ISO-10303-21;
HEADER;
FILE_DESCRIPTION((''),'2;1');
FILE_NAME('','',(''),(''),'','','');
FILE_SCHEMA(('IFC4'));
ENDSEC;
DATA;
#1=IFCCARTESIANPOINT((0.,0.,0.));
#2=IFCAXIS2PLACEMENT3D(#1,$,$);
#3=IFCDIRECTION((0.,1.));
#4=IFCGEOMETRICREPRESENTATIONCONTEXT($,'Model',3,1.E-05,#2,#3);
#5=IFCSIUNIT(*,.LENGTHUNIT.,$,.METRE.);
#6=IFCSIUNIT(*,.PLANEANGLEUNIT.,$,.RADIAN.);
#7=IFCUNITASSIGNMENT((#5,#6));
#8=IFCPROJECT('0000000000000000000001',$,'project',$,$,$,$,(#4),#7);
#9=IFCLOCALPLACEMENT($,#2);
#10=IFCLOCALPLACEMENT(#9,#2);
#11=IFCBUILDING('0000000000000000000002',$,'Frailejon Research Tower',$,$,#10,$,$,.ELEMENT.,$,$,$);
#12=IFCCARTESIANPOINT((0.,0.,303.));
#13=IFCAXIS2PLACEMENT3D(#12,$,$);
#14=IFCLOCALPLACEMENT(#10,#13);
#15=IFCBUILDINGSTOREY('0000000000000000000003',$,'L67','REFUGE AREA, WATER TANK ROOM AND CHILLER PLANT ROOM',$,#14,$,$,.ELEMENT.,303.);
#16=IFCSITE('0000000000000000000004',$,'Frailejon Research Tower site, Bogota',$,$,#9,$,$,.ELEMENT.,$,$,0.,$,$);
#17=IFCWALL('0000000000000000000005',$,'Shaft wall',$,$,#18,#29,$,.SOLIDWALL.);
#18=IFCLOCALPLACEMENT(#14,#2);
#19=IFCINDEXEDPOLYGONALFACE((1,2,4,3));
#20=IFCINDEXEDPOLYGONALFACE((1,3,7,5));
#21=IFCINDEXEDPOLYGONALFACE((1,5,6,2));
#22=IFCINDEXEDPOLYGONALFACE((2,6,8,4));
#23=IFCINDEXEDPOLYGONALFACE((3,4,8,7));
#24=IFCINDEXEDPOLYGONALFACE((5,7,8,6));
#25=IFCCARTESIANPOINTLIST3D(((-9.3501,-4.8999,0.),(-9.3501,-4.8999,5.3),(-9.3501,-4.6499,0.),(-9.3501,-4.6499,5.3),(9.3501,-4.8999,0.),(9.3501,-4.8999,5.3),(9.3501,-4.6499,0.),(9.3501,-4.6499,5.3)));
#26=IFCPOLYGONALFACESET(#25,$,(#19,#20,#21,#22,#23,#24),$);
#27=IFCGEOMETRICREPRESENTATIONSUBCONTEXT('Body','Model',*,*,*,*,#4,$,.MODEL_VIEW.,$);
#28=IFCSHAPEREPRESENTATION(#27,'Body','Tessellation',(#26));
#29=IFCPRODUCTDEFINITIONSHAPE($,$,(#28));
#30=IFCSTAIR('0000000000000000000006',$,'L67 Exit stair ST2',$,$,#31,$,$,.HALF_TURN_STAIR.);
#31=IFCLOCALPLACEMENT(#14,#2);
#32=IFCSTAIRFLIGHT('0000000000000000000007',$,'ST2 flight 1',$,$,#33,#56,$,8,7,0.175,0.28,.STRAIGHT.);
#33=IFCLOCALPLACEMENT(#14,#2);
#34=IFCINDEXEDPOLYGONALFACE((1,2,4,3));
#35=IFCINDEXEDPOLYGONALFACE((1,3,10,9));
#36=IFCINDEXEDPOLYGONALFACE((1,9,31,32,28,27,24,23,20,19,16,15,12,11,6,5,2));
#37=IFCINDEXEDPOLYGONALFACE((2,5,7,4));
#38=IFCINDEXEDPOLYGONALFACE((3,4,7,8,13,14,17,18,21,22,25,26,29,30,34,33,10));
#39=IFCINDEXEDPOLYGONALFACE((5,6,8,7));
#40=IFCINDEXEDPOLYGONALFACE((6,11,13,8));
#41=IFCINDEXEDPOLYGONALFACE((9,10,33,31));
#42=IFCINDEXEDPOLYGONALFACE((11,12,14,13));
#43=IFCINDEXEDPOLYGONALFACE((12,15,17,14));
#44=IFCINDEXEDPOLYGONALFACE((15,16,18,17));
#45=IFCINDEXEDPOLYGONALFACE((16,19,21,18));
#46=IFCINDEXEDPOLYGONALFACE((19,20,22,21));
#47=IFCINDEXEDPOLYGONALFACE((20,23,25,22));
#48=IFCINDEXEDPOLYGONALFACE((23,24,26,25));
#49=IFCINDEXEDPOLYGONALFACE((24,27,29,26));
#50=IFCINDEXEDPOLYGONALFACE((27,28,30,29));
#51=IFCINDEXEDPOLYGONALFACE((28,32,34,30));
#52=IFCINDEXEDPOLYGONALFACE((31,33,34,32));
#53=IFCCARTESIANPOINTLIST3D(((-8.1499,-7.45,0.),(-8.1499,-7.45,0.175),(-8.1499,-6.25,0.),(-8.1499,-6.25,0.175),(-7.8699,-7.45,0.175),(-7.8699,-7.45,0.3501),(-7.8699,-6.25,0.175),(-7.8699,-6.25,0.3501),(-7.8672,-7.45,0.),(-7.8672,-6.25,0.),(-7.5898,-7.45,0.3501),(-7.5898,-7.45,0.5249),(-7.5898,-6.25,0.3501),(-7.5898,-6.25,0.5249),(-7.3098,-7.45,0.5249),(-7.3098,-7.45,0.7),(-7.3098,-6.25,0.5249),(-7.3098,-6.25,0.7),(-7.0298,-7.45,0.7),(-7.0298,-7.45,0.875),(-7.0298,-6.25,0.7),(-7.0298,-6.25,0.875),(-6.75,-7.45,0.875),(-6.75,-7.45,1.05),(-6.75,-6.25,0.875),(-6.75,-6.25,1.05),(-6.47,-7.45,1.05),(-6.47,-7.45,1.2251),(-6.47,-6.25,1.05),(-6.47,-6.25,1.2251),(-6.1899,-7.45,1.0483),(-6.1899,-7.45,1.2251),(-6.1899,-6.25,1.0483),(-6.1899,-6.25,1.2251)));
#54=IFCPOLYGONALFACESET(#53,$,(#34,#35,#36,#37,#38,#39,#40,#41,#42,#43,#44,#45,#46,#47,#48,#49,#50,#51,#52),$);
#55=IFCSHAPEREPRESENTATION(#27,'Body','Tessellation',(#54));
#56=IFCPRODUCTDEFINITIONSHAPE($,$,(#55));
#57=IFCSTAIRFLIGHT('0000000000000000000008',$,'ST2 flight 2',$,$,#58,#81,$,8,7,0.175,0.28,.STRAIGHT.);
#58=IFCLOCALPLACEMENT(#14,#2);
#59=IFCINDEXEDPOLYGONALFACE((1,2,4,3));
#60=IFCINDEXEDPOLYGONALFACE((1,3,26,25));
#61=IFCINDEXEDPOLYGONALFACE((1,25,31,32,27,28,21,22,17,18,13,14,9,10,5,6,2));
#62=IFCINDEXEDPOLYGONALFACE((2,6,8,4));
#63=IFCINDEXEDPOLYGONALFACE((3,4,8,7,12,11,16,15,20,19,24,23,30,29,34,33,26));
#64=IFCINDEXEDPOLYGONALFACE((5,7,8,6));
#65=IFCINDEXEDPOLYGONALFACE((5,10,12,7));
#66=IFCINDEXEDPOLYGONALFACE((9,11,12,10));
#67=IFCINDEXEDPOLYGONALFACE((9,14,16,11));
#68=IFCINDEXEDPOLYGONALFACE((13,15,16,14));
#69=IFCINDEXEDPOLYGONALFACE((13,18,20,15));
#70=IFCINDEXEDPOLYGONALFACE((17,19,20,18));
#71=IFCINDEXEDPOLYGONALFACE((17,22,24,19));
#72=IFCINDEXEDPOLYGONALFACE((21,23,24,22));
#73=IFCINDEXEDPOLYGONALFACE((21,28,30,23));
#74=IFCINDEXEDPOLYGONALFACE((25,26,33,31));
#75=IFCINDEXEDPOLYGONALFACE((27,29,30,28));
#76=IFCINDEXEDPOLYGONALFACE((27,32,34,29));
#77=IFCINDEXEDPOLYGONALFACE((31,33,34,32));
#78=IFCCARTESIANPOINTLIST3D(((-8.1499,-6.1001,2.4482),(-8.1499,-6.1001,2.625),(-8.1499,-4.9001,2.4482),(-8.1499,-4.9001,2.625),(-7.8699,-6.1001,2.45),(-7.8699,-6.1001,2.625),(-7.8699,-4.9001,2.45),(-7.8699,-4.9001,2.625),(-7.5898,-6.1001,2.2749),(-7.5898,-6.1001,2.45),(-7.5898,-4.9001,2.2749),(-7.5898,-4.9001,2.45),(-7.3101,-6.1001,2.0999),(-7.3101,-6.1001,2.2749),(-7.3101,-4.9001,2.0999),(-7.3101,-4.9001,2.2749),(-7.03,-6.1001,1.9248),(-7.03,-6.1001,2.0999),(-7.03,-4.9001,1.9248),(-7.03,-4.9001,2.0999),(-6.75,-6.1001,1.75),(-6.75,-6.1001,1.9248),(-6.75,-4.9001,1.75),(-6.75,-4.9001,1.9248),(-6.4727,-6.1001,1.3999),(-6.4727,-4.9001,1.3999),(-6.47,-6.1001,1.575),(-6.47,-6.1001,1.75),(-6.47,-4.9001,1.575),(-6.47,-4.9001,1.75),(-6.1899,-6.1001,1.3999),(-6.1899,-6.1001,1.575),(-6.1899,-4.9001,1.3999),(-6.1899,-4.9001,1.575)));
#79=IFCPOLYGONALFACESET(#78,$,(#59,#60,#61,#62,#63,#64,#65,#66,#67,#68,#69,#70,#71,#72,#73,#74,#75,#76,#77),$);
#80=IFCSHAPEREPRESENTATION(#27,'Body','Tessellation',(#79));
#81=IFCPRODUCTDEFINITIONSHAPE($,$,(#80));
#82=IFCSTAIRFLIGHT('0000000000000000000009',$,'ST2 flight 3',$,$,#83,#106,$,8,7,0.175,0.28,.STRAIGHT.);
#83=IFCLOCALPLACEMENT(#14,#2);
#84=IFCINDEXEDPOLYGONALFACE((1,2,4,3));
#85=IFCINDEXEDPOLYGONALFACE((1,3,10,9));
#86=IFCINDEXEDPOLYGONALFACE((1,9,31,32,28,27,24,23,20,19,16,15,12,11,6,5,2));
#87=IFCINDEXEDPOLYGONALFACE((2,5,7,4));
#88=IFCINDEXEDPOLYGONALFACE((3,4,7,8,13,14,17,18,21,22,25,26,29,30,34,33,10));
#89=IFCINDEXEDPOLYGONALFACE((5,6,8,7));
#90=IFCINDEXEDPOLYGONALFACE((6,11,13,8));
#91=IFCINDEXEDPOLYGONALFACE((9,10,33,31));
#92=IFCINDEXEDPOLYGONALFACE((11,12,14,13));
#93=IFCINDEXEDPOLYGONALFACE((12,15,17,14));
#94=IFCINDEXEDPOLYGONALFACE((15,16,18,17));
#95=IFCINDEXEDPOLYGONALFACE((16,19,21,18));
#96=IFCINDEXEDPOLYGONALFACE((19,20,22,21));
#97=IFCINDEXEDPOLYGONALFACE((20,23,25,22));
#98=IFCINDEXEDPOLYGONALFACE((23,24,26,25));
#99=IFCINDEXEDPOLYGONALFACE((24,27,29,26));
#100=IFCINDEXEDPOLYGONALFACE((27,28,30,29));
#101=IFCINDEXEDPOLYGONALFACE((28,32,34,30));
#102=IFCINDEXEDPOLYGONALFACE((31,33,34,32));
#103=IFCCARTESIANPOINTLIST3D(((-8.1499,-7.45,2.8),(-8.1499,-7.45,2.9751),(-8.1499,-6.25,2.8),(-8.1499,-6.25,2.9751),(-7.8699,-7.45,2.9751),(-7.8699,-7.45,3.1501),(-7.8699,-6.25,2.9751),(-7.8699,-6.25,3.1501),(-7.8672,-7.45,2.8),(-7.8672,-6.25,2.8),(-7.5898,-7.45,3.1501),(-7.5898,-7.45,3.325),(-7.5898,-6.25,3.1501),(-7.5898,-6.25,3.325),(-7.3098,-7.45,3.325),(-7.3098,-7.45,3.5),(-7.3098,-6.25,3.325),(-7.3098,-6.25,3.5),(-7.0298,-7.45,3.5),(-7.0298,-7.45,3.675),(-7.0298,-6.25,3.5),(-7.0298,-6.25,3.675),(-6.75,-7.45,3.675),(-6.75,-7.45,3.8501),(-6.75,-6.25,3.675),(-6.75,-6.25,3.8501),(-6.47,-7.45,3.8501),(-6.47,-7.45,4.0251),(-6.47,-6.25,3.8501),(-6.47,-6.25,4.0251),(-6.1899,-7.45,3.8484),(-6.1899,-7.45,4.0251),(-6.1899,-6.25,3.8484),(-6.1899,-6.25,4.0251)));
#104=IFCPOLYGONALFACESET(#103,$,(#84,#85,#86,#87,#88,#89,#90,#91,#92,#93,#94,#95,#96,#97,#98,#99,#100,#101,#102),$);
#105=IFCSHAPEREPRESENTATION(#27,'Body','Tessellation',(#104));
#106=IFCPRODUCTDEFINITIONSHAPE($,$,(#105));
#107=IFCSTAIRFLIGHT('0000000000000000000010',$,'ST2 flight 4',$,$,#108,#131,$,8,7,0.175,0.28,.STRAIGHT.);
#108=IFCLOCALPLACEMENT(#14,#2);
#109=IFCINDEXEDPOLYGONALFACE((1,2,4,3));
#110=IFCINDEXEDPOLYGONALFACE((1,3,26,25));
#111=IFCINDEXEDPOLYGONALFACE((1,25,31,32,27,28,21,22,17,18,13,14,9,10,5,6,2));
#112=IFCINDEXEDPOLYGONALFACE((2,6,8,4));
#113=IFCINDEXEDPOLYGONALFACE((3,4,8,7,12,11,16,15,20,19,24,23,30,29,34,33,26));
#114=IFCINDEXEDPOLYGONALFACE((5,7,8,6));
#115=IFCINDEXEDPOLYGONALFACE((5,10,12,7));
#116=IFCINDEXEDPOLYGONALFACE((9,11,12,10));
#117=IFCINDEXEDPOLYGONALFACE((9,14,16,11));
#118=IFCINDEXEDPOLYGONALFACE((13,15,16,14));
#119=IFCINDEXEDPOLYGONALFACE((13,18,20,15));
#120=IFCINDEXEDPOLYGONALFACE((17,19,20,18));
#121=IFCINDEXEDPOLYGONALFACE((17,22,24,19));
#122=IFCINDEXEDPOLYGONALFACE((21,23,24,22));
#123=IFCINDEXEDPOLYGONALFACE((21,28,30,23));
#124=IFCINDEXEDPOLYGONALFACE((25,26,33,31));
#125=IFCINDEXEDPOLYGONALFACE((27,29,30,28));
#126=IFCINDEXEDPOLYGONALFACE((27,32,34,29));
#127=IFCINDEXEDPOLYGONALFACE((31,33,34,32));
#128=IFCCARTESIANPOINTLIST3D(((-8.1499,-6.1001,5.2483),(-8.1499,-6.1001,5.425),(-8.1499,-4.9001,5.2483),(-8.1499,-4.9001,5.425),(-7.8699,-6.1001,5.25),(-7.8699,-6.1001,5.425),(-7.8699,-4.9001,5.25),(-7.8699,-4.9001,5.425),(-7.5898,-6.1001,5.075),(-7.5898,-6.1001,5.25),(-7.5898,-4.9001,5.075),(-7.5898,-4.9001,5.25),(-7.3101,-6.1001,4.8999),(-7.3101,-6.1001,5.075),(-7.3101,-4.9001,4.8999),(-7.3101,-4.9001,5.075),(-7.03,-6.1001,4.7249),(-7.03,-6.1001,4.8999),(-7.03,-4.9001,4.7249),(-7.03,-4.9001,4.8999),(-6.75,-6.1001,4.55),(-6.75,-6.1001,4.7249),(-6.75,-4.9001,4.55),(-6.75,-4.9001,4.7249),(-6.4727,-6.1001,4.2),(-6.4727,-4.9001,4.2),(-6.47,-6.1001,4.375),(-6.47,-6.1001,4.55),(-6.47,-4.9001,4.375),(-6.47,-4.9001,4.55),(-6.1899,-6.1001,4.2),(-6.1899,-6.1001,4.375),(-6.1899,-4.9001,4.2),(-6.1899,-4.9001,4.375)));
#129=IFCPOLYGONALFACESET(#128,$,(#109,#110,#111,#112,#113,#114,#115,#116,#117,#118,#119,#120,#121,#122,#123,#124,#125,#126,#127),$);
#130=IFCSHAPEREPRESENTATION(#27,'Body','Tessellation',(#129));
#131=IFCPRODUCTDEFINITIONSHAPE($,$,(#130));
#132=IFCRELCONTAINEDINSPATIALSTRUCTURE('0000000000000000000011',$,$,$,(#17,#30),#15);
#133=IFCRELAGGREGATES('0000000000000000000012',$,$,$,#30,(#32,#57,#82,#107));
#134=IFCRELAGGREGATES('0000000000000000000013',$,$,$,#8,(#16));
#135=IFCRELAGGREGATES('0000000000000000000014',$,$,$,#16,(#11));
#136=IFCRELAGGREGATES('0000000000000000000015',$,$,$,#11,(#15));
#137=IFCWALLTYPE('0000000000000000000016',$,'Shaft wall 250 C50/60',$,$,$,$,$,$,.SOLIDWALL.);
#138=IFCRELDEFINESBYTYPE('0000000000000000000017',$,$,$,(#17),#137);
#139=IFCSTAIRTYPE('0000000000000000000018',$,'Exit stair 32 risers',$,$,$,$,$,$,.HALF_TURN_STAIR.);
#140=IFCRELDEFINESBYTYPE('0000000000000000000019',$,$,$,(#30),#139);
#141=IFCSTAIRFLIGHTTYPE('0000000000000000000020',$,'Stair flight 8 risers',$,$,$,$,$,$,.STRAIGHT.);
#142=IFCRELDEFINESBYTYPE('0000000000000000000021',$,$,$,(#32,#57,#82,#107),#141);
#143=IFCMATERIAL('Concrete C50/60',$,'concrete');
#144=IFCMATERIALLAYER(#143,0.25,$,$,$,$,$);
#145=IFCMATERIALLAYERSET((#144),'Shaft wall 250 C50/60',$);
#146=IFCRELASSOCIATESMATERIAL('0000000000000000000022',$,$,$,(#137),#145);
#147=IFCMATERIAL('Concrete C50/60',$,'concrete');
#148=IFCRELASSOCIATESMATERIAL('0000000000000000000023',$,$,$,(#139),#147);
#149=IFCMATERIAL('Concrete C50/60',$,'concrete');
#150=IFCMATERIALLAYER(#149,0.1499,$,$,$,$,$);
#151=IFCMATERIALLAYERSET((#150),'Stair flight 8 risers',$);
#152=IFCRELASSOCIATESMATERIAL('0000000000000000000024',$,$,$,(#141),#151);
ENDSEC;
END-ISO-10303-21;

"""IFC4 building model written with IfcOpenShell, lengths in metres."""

from ifc_helpers import new_model, si_unit, direction, frame, frame_2d, origin, place, context, subcontext, project, spatial, polyline, rectangle, outline, extrude, material, layer, layer_set, type_object, element, aggregate, save


model = new_model("IFC4")

# Units and contexts
model_context = context("Model", 3, precision=1e-05, world=origin(), true_north=direction((0.0, 1.0)))
body_context = subcontext(model_context, "Body", "Model", "MODEL_VIEW")
ifc_project = project(units=[si_unit("LENGTHUNIT", "METRE"), si_unit("PLANEANGLEUNIT", "RADIAN")], contexts=[model_context])

# Site, building, storey
site_placement = place(None, origin())
site = spatial("IfcSite", under=ifc_project, at=site_placement, Name="Frailejon Research Tower site, Bogota", CompositionType="ELEMENT", RefElevation=0.0)
building_placement = place(site_placement, origin())
building = spatial("IfcBuilding", under=site, at=building_placement, Name="Frailejon Research Tower", CompositionType="ELEMENT")
storey_placement = place(building_placement, frame((0.0, 0.0, 303.0)))
storey = spatial("IfcBuildingStorey", under=building, at=storey_placement, Name="L67", Description="REFUGE AREA, WATER TANK ROOM AND CHILLER PLANT ROOM", CompositionType="ELEMENT", Elevation=303.0)

# Shared definitions
ifc_material_1 = material(Name="Concrete C50/60", Category="concrete")
ifc_layer_1 = layer(ifc_material_1, 0.25)
ifc_layer_set_1 = layer_set([ifc_layer_1], Name="Shaft wall 250 C50/60")
wall_type_1 = type_object("IfcWallType", Name="Shaft wall 250 C50/60", PredefinedType="SOLIDWALL", material=ifc_layer_set_1)

# Wall
wall_1_placement = place(storey_placement, frame((-9.3501, -4.7749, 0.0), z_axis=(0.0, 0.0, 1.0), x_axis=(1.0, 0.0, 0.0)))
element("IfcWall", 1, at=wall_1_placement, inside=storey, type_object=wall_type_1, Name="Shaft wall", PredefinedType="SOLIDWALL", context=body_context, shape_type="SweptSolid", body=[
    extrude(rectangle(XDim=18.7002, YDim=0.25, at=frame_2d((9.3501, 0.0))), origin(), (0.0, 0.0, 1.0), 5.3),
])

# Stair, stair flights
ifc_material_2 = material(Name="Concrete C50/60", Category="concrete")
stair_type = type_object("IfcStairType", Name="Exit stair 32 risers", PredefinedType="HALF_TURN_STAIR", material=ifc_material_2)
stair_placement = place(storey_placement, origin())
stair = element("IfcStair", 2, at=stair_placement, inside=storey, type_object=stair_type, Name="L67 Exit stair ST2", PredefinedType="HALF_TURN_STAIR")
ifc_material_3 = material(Name="Concrete C50/60", Category="concrete")
ifc_layer_2 = layer(ifc_material_3, 0.1499)
ifc_layer_set_2 = layer_set([ifc_layer_2], Name="Stair flight 8 risers")
stair_flight_type = type_object("IfcStairFlightType", Name="Stair flight 8 risers", PredefinedType="STRAIGHT", material=ifc_layer_set_2)
stair_flight_1_placement = place(storey_placement, frame((-8.1499, -6.8501, 0.0), z_axis=(0.0, 0.0, 1.0), x_axis=(1.0, 0.0, 0.0)))
stair_flight_1 = element("IfcStairFlight", 3, at=stair_flight_1_placement, type_object=stair_flight_type, Name="ST2 flight 1", NumberOfRisers=8, NumberOfTreads=7, PredefinedType="STRAIGHT", RiserHeight=0.175, TreadLength=0.28, context=body_context, shape_type="SweptSolid", body=[
    extrude(outline(polyline([(0.0, 0.0), (0.0, 0.175), (0.28, 0.175), (0.28, 0.3501), (0.5601, 0.3501), (0.5601, 0.5249), (0.8401, 0.5249), (0.8401, 0.7), (1.1201, 0.7), (1.1201, 0.875), (1.3999, 0.875), (1.3999, 1.05), (1.6799, 1.05), (1.6799, 1.2251), (1.96, 1.2251), (1.96, 1.3999), (1.96, 1.0483), (0.2827, 0.0), (0.0, 0.0)])), frame((0.0, 0.6001, 0.0), z_axis=(0.0, -1.0, 0.0), x_axis=(1.0, 0.0, 0.0)), (0.0, 0.0, 1.0), 1.2),
])
stair_flight_2_placement = place(storey_placement, frame((-6.1899, -5.5, 1.3999), z_axis=(0.0, 0.0, 1.0), x_axis=(-1.0, 0.0, 0.0)))
stair_flight_2 = element("IfcStairFlight", 4, at=stair_flight_2_placement, type_object=stair_flight_type, Name="ST2 flight 2", NumberOfRisers=8, NumberOfTreads=7, PredefinedType="STRAIGHT", RiserHeight=0.175, TreadLength=0.28, context=body_context, shape_type="SweptSolid", body=[
    extrude(outline(polyline([(0.0, 0.0), (0.0, 0.175), (0.28, 0.175), (0.28, 0.3501), (0.5601, 0.3501), (0.5601, 0.5249), (0.8401, 0.5249), (0.8401, 0.7), (1.1201, 0.7), (1.1201, 0.875), (1.3999, 0.875), (1.3999, 1.05), (1.6799, 1.05), (1.6799, 1.2251), (1.96, 1.2251), (1.96, 1.3999), (1.96, 1.0483), (0.2827, 0.0), (0.0, 0.0)])), frame((0.0, 0.6001, 0.0), z_axis=(0.0, -1.0, 0.0), x_axis=(1.0, 0.0, 0.0)), (0.0, 0.0, 1.0), 1.2),
])
stair_flight_3_placement = place(storey_placement, frame((-8.1499, -6.8501, 2.8), z_axis=(0.0, 0.0, 1.0), x_axis=(1.0, 0.0, 0.0)))
stair_flight_3 = element("IfcStairFlight", 5, at=stair_flight_3_placement, type_object=stair_flight_type, Name="ST2 flight 3", NumberOfRisers=8, NumberOfTreads=7, PredefinedType="STRAIGHT", RiserHeight=0.175, TreadLength=0.28, context=body_context, shape_type="SweptSolid", body=[
    extrude(outline(polyline([(0.0, 0.0), (0.0, 0.175), (0.28, 0.175), (0.28, 0.3501), (0.5601, 0.3501), (0.5601, 0.5249), (0.8401, 0.5249), (0.8401, 0.7), (1.1201, 0.7), (1.1201, 0.875), (1.3999, 0.875), (1.3999, 1.05), (1.6799, 1.05), (1.6799, 1.2251), (1.96, 1.2251), (1.96, 1.3999), (1.96, 1.0483), (0.2827, 0.0), (0.0, 0.0)])), frame((0.0, 0.6001, 0.0), z_axis=(0.0, -1.0, 0.0), x_axis=(1.0, 0.0, 0.0)), (0.0, 0.0, 1.0), 1.2),
])
stair_flight_4_placement = place(storey_placement, frame((-6.1899, -5.5, 4.2), z_axis=(0.0, 0.0, 1.0), x_axis=(-1.0, 0.0, 0.0)))
stair_flight_4 = element("IfcStairFlight", 6, at=stair_flight_4_placement, type_object=stair_flight_type, Name="ST2 flight 4", NumberOfRisers=8, NumberOfTreads=7, PredefinedType="STRAIGHT", RiserHeight=0.175, TreadLength=0.28, context=body_context, shape_type="SweptSolid", body=[
    extrude(outline(polyline([(0.0, 0.0), (0.0, 0.175), (0.28, 0.175), (0.28, 0.3501), (0.5601, 0.3501), (0.5601, 0.5249), (0.8401, 0.5249), (0.8401, 0.7), (1.1201, 0.7), (1.1201, 0.875), (1.3999, 0.875), (1.3999, 1.05), (1.6799, 1.05), (1.6799, 1.2251), (1.96, 1.2251), (1.96, 1.3999), (1.96, 1.0483), (0.2827, 0.0), (0.0, 0.0)])), frame((0.0, 0.6001, 0.0), z_axis=(0.0, -1.0, 0.0), x_axis=(1.0, 0.0, 0.0)), (0.0, 0.0, 1.0), 1.2),
])
aggregate(stair, [stair_flight_1, stair_flight_2, stair_flight_3, stair_flight_4])

save(model, "model.ifc")
